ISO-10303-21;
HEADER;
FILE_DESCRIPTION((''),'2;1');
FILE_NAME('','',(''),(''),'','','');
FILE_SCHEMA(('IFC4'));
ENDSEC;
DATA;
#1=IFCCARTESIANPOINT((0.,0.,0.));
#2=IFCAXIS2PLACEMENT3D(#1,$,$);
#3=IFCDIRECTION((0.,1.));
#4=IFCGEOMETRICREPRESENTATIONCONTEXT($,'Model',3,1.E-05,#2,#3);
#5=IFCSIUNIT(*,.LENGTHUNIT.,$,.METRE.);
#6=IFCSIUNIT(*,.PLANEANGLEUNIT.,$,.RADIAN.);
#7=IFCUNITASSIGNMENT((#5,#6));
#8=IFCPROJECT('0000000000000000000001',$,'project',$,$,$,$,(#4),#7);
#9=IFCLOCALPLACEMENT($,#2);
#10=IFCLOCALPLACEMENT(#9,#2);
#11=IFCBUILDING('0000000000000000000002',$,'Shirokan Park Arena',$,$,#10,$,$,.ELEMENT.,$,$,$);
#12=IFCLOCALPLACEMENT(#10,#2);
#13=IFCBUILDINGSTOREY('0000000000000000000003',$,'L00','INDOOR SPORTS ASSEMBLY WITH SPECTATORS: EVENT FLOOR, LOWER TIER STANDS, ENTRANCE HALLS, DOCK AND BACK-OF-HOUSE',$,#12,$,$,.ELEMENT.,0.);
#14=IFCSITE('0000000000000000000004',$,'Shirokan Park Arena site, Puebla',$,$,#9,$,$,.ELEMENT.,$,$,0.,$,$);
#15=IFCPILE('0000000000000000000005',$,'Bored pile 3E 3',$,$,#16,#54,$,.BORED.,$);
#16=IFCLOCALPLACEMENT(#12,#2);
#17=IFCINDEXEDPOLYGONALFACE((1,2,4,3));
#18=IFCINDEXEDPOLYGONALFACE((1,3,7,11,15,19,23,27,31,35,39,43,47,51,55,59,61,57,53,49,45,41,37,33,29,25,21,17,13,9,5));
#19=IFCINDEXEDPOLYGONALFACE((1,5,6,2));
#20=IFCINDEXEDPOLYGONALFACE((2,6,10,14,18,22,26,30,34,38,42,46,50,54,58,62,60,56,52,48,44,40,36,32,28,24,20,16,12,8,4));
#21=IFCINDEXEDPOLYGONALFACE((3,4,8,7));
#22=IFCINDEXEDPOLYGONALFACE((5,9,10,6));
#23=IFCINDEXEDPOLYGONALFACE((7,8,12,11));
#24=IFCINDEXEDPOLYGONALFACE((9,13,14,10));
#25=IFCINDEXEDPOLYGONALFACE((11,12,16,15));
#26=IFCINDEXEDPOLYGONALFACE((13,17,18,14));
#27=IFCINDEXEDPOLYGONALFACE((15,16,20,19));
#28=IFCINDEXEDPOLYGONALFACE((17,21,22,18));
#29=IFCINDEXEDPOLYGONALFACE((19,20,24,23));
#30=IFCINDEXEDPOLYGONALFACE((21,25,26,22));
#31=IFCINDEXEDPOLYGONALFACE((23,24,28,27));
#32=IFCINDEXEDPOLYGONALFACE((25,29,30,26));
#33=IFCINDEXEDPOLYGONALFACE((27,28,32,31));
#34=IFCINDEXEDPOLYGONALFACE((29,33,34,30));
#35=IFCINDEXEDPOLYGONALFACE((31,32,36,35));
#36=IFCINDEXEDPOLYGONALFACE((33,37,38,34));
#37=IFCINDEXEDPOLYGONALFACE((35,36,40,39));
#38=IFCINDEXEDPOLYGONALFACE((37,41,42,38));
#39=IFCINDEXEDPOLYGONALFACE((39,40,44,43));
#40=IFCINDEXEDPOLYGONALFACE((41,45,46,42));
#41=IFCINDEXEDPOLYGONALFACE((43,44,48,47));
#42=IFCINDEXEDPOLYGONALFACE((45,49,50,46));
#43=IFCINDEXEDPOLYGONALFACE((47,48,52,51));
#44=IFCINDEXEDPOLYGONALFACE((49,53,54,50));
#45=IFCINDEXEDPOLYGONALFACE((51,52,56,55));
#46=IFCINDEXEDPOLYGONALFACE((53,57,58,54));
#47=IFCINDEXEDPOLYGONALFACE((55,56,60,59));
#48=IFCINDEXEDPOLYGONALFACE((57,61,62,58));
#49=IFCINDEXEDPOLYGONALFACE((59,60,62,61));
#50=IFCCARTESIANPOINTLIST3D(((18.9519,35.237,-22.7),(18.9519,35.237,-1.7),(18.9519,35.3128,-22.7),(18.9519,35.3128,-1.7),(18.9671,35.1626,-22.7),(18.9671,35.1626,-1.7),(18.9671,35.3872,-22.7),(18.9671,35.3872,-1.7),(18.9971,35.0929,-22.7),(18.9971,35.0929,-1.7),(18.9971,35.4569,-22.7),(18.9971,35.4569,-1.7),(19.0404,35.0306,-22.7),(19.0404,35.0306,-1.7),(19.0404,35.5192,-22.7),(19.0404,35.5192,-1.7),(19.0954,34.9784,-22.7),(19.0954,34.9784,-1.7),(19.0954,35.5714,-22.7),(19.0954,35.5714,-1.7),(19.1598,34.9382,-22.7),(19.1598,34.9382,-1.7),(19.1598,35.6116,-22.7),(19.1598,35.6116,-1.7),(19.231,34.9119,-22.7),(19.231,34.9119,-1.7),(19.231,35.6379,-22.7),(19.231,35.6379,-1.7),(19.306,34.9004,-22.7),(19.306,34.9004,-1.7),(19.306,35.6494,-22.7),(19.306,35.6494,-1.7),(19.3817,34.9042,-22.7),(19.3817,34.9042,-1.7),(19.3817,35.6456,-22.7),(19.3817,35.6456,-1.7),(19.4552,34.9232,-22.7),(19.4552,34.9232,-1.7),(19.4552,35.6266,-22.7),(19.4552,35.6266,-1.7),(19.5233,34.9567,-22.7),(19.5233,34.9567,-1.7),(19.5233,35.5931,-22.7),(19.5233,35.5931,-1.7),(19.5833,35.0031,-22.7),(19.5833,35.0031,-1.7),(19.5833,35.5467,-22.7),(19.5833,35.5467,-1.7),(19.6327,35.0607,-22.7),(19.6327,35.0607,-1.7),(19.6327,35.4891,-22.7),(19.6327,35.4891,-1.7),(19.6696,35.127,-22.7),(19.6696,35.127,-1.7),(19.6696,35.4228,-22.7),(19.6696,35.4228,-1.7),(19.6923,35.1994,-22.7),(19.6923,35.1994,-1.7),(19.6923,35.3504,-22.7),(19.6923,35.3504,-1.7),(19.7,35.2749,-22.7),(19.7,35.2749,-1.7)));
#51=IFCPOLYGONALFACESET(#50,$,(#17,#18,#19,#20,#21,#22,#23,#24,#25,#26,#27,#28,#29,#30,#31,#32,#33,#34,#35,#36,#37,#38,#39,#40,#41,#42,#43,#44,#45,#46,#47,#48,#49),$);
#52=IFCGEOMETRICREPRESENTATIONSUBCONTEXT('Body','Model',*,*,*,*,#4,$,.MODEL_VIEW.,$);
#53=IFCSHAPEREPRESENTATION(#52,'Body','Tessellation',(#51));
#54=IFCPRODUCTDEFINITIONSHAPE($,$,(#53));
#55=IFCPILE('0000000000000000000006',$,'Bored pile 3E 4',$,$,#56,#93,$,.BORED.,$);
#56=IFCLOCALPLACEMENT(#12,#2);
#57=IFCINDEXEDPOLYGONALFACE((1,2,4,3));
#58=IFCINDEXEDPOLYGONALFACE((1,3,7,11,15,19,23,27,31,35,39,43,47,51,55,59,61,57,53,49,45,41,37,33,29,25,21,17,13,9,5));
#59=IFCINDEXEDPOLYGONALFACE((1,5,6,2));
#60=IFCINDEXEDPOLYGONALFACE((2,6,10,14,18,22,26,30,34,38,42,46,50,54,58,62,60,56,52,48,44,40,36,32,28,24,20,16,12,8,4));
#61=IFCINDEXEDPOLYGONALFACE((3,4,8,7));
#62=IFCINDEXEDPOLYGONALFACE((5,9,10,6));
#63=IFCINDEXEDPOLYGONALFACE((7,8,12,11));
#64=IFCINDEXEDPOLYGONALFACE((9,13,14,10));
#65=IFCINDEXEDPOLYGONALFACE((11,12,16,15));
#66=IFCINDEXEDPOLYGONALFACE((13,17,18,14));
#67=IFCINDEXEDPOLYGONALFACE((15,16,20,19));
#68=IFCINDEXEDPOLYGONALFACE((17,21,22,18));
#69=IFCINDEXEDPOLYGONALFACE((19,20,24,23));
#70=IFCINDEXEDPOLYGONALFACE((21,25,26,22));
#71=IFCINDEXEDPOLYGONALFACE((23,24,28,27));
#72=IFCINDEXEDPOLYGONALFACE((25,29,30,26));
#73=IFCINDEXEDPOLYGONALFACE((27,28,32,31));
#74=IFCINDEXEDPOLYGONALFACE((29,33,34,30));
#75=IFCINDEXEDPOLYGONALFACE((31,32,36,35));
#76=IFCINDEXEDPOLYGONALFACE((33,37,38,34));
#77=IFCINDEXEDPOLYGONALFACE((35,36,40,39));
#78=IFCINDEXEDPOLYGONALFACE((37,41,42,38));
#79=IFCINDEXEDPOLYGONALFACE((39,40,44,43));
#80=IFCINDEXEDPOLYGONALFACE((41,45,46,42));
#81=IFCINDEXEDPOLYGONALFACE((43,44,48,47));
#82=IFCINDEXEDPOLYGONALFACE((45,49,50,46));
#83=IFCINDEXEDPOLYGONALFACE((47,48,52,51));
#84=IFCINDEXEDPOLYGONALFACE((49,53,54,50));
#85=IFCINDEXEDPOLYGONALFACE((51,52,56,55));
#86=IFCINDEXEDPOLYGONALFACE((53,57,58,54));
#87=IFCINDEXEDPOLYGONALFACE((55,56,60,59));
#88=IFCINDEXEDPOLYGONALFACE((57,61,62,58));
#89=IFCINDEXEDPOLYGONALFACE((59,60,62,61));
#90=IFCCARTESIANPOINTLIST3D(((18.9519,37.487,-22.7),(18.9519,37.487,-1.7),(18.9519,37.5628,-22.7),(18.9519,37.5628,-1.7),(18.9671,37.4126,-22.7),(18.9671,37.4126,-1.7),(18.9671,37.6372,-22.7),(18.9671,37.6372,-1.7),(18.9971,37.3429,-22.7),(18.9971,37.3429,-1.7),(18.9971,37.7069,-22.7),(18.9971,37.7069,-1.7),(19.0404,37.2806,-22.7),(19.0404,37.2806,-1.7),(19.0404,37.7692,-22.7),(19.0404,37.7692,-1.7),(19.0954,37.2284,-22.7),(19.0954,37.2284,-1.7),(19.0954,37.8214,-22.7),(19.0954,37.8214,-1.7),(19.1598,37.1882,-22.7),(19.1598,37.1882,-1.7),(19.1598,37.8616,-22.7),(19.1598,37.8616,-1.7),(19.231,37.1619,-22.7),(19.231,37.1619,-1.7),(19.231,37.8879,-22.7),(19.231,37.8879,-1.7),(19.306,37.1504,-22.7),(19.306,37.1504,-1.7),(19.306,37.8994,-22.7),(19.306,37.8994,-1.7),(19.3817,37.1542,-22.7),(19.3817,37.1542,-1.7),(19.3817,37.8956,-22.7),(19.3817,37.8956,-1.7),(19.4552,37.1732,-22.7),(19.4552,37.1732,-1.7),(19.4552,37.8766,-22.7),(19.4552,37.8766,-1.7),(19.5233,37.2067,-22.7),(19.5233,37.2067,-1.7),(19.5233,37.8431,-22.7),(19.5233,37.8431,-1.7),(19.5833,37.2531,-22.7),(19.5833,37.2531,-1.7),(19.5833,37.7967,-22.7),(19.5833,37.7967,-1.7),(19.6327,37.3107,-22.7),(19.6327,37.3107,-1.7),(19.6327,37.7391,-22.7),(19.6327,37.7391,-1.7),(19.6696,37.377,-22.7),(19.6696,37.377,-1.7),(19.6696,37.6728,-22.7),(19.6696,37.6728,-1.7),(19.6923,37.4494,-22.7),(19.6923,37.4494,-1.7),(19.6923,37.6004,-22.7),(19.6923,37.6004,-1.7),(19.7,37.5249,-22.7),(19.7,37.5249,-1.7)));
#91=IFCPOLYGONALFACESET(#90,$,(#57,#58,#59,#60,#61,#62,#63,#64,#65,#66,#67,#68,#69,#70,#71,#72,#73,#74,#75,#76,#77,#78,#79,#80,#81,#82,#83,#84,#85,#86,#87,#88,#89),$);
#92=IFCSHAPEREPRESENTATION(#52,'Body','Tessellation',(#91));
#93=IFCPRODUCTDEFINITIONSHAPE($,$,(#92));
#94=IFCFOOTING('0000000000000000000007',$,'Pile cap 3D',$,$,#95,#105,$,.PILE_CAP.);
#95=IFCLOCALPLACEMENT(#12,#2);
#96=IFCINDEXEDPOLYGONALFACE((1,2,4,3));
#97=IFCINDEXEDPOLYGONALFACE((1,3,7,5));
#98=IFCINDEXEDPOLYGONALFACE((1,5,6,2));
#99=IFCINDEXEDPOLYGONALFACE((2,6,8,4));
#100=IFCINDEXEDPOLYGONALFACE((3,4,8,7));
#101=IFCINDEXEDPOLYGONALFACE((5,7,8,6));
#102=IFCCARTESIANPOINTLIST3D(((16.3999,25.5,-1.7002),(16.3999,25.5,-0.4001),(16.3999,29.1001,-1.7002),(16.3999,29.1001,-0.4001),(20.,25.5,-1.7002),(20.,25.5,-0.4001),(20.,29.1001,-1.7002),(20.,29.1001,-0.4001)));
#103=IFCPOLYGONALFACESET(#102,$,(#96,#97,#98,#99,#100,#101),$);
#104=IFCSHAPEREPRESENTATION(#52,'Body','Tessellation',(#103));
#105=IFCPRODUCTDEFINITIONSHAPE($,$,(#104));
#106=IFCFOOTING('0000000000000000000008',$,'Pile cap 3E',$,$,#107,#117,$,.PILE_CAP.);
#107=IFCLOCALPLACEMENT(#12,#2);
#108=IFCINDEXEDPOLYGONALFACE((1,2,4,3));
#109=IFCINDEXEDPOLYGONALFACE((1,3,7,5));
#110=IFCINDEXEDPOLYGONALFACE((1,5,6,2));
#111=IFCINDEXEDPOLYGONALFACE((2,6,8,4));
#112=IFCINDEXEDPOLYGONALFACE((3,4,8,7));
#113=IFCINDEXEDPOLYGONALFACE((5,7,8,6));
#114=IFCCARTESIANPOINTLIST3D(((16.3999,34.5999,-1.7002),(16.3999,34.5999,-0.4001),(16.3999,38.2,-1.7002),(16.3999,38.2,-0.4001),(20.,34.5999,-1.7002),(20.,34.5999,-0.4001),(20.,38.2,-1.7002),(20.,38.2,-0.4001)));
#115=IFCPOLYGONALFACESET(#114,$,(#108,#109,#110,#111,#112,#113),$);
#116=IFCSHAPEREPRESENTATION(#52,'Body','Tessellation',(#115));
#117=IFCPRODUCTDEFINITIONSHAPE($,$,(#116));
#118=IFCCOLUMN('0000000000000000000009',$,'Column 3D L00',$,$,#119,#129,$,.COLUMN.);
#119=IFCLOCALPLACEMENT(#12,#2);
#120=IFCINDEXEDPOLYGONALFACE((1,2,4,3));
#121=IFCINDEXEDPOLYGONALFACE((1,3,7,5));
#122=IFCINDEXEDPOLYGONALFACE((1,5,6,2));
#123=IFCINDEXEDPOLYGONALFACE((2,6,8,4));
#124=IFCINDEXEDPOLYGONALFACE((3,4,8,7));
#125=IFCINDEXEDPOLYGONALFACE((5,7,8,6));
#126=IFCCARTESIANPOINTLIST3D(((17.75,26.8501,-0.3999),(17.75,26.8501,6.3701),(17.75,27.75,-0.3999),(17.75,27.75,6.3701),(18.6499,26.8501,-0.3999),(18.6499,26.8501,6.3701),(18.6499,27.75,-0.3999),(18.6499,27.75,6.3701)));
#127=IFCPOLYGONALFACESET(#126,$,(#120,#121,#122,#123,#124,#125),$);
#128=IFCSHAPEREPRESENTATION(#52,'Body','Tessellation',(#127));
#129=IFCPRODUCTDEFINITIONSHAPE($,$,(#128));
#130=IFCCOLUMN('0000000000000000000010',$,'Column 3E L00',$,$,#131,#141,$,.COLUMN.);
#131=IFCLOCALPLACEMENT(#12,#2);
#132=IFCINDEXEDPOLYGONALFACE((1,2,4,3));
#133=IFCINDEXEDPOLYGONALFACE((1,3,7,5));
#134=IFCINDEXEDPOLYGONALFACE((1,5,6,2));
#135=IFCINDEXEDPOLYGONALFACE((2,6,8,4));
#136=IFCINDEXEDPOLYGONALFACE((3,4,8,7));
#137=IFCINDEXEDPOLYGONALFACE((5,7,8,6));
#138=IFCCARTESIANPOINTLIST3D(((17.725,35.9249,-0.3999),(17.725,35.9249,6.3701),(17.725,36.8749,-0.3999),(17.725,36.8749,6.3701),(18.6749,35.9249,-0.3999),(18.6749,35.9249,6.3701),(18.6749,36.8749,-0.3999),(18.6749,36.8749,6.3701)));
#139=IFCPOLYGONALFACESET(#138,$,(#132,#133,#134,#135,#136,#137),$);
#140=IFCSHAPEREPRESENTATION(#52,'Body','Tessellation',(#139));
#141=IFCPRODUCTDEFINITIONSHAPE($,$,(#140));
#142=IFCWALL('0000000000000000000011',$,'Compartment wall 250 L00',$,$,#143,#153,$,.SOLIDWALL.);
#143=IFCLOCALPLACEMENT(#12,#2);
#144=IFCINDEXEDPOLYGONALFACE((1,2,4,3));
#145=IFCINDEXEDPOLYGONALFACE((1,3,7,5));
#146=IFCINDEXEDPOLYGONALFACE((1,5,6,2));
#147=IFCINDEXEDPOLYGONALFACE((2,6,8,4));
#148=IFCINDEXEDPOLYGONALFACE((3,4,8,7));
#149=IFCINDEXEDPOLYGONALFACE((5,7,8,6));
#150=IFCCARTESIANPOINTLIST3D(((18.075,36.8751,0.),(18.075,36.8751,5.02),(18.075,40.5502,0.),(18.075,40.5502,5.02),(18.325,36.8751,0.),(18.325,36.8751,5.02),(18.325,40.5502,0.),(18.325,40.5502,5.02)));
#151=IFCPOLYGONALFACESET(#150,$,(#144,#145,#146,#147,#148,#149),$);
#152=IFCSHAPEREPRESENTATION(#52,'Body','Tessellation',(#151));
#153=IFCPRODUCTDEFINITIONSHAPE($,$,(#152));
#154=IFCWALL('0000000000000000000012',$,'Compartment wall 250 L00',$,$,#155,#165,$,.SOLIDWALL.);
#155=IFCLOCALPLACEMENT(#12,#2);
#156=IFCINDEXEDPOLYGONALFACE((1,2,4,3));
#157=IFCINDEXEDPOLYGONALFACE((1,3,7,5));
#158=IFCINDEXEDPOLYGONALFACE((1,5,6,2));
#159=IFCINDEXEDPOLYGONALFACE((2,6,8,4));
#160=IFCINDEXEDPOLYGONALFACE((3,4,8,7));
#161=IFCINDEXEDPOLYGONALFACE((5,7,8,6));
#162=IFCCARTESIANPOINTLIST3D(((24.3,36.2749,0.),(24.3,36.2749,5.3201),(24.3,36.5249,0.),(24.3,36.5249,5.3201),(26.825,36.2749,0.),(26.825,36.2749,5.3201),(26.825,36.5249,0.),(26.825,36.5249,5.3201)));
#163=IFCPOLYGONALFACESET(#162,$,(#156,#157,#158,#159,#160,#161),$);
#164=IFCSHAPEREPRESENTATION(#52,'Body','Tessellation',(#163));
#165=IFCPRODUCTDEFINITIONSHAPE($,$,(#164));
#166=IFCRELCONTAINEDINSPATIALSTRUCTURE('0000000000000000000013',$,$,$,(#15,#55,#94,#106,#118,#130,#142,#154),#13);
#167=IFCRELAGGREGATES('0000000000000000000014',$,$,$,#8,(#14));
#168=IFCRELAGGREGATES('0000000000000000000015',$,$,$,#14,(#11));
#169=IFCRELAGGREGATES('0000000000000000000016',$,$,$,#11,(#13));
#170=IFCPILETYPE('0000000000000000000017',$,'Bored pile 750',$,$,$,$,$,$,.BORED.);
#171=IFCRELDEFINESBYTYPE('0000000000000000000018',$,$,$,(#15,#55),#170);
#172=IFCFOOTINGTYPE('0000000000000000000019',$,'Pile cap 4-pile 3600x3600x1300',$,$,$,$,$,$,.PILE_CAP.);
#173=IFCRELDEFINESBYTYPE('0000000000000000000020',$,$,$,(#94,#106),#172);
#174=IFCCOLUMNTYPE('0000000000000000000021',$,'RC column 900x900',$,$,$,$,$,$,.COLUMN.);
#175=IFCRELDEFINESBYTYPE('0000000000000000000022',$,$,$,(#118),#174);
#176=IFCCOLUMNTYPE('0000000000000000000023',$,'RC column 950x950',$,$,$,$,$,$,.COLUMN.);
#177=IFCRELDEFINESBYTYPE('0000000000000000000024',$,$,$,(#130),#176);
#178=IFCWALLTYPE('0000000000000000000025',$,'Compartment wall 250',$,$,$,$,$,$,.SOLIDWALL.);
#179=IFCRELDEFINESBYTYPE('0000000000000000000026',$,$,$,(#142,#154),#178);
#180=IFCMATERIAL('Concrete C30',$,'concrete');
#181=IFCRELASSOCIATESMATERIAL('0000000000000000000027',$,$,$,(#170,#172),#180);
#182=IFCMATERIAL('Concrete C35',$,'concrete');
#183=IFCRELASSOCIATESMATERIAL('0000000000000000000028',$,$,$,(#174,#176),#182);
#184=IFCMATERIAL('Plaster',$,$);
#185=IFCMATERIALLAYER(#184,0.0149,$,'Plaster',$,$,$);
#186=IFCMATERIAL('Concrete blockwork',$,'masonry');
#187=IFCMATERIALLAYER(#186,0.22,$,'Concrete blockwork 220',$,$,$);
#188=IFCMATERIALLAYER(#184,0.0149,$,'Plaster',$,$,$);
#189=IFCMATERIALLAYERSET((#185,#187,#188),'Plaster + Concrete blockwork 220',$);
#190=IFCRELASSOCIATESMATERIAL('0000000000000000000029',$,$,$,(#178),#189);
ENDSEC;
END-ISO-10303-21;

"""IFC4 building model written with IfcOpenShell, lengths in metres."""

from ifc_helpers import new_model, si_unit, direction, frame, frame_2d, origin, origin_2d, place, context, subcontext, project, spatial, rectangle, circle, extrude, material, layer, layer_set, material_profile, profile_set, type_object, element, save


model = new_model("IFC4")

# Units and contexts
model_context = context("Model", 3, precision=1e-05, world=origin(), true_north=direction((0.0, 1.0)))
body_context = subcontext(model_context, "Body", "Model", "MODEL_VIEW")
ifc_project = project(units=[si_unit("LENGTHUNIT", "METRE"), si_unit("PLANEANGLEUNIT", "RADIAN")], contexts=[model_context])

# Site, building, storey
site_placement = place(None, origin())
site = spatial("IfcSite", under=ifc_project, at=site_placement, Name="Shirokan Park Arena site, Puebla", CompositionType="ELEMENT", RefElevation=0.0)
building_placement = place(site_placement, origin())
building = spatial("IfcBuilding", under=site, at=building_placement, Name="Shirokan Park Arena", CompositionType="ELEMENT")
storey_placement = place(building_placement, origin())
storey = spatial("IfcBuildingStorey", under=building, at=storey_placement, Name="L00", Description="INDOOR SPORTS ASSEMBLY WITH SPECTATORS: EVENT FLOOR, LOWER TIER STANDS, ENTRANCE HALLS, DOCK AND BACK-OF-HOUSE", CompositionType="ELEMENT", Elevation=0.0)

# Piles
ifc_material_1 = material(Name="Concrete C30", Category="concrete")
ifc_material_profile_1 = material_profile(ifc_material_1, circle(Radius=0.375, at=origin_2d()), Name="D750")
ifc_profile_set_1 = profile_set([ifc_material_profile_1], Name="Concrete C30")
pile_type_1 = type_object("IfcPileType", Name="Bored pile 750", PredefinedType="BORED", material=ifc_profile_set_1)
for number, where, z_axis, x_axis, name in (
    (1, (19.325, 35.2749, -1.7), (0.0, 0.0, -1.0), (1.0, 0.0, 0.0), "Bored pile 3E 3"),
    (2, (19.325, 37.5249, -1.7), (0.0, 0.0, -1.0), (1.0, 0.0, 0.0), "Bored pile 3E 4"),
):
    element("IfcPile", number, at=place(storey_placement, frame(where, z_axis=z_axis, x_axis=x_axis)), inside=storey, type_object=pile_type_1, Name=name, PredefinedType="BORED", context=body_context, shape_type="SweptSolid", body=[
        extrude(circle(Radius=0.375, at=origin_2d()), origin(), (0.0, 0.0, 1.0), 21.0),
    ])

# Footings
footing_type = type_object("IfcFootingType", Name="Pile cap 4-pile 3600x3600x1300", PredefinedType="PILE_CAP", material=ifc_material_1)
for number, where, z_axis, x_axis, name in (
    (3, (18.2, 27.3, -1.7002), (0.0, 0.0, 1.0), (1.0, 0.0, 0.0), "Pile cap 3D"),
    (4, (18.2, 36.3999, -1.7002), (0.0, 0.0, 1.0), (1.0, 0.0, 0.0), "Pile cap 3E"),
):
    element("IfcFooting", number, at=place(storey_placement, frame(where, z_axis=z_axis, x_axis=x_axis)), inside=storey, type_object=footing_type, Name=name, PredefinedType="PILE_CAP", context=body_context, shape_type="SweptSolid", body=[
        extrude(rectangle(XDim=3.6001, YDim=3.6001, at=origin_2d()), origin(), (0.0, 0.0, 1.0), 1.3),
    ])

# Columns
ifc_material_2 = material(Name="Concrete C35", Category="concrete")
ifc_material_profile_2 = material_profile(ifc_material_2, rectangle(XDim=0.8999, YDim=0.8999, at=origin_2d()), Name="900x900")
ifc_profile_set_2 = profile_set([ifc_material_profile_2], Name="Concrete C35")
column_type_1 = type_object("IfcColumnType", Name="RC column 900x900", PredefinedType="COLUMN", material=ifc_profile_set_2)
column_1_placement = place(storey_placement, frame((18.2, 27.3, -0.3999), z_axis=(0.0, 0.0, 1.0), x_axis=(1.0, 0.0, 0.0)))
element("IfcColumn", 5, at=column_1_placement, inside=storey, type_object=column_type_1, Name="Column 3D L00", PredefinedType="COLUMN", context=body_context, shape_type="SweptSolid", body=[
    extrude(rectangle(XDim=0.8999, YDim=0.8999, at=origin_2d()), origin(), (0.0, 0.0, 1.0), 6.77),
])
ifc_material_profile_3 = material_profile(ifc_material_2, rectangle(XDim=0.95, YDim=0.95, at=origin_2d()), Name="950x950")
ifc_profile_set_3 = profile_set([ifc_material_profile_3], Name="Concrete C35")
column_type_2 = type_object("IfcColumnType", Name="RC column 950x950", PredefinedType="COLUMN", material=ifc_profile_set_3)
column_2_placement = place(storey_placement, frame((18.2, 36.3999, -0.3999), z_axis=(0.0, 0.0, 1.0), x_axis=(1.0, 0.0, 0.0)))
element("IfcColumn", 6, at=column_2_placement, inside=storey, type_object=column_type_2, Name="Column 3E L00", PredefinedType="COLUMN", context=body_context, shape_type="SweptSolid", body=[
    extrude(rectangle(XDim=0.95, YDim=0.95, at=origin_2d()), origin(), (0.0, 0.0, 1.0), 6.77),
])

# Walls
ifc_material_3 = material(Name="Plaster")
ifc_layer_1 = layer(ifc_material_3, 0.0149, Name="Plaster")
ifc_material_4 = material(Name="Concrete blockwork", Category="masonry")
ifc_layer_2 = layer(ifc_material_4, 0.22, Name="Concrete blockwork 220")
ifc_layer_3 = layer(ifc_material_3, 0.0149, Name="Plaster")
ifc_layer_set_1 = layer_set([ifc_layer_1, ifc_layer_2, ifc_layer_3], Name="Plaster + Concrete blockwork 220")
wall_type_1 = type_object("IfcWallType", Name="Compartment wall 250", PredefinedType="SOLIDWALL", material=ifc_layer_set_1)
wall_1_placement = place(storey_placement, frame((18.2, 40.55, 0.0), z_axis=(0.0, 0.0, 1.0), x_axis=(0.0, -1.0, 0.0)))
element("IfcWall", 7, at=wall_1_placement, inside=storey, type_object=wall_type_1, Name="Compartment wall 250 L00", PredefinedType="SOLIDWALL", context=body_context, shape_type="SweptSolid", body=[
    extrude(rectangle(XDim=3.675, YDim=0.25, at=frame_2d((1.8374, 0.0))), origin(), (0.0, 0.0, 1.0), 5.02),
])
wall_2_placement = place(storey_placement, frame((24.3, 36.3999, 0.0), z_axis=(0.0, 0.0, 1.0), x_axis=(1.0, 0.0, 0.0)))
element("IfcWall", 8, at=wall_2_placement, inside=storey, type_object=wall_type_1, Name="Compartment wall 250 L00", PredefinedType="SOLIDWALL", context=body_context, shape_type="SweptSolid", body=[
    extrude(rectangle(XDim=2.5249, YDim=0.25, at=frame_2d((1.2625, 0.0))), origin(), (0.0, 0.0, 1.0), 5.3201),
])

save(model, "model.ifc")
